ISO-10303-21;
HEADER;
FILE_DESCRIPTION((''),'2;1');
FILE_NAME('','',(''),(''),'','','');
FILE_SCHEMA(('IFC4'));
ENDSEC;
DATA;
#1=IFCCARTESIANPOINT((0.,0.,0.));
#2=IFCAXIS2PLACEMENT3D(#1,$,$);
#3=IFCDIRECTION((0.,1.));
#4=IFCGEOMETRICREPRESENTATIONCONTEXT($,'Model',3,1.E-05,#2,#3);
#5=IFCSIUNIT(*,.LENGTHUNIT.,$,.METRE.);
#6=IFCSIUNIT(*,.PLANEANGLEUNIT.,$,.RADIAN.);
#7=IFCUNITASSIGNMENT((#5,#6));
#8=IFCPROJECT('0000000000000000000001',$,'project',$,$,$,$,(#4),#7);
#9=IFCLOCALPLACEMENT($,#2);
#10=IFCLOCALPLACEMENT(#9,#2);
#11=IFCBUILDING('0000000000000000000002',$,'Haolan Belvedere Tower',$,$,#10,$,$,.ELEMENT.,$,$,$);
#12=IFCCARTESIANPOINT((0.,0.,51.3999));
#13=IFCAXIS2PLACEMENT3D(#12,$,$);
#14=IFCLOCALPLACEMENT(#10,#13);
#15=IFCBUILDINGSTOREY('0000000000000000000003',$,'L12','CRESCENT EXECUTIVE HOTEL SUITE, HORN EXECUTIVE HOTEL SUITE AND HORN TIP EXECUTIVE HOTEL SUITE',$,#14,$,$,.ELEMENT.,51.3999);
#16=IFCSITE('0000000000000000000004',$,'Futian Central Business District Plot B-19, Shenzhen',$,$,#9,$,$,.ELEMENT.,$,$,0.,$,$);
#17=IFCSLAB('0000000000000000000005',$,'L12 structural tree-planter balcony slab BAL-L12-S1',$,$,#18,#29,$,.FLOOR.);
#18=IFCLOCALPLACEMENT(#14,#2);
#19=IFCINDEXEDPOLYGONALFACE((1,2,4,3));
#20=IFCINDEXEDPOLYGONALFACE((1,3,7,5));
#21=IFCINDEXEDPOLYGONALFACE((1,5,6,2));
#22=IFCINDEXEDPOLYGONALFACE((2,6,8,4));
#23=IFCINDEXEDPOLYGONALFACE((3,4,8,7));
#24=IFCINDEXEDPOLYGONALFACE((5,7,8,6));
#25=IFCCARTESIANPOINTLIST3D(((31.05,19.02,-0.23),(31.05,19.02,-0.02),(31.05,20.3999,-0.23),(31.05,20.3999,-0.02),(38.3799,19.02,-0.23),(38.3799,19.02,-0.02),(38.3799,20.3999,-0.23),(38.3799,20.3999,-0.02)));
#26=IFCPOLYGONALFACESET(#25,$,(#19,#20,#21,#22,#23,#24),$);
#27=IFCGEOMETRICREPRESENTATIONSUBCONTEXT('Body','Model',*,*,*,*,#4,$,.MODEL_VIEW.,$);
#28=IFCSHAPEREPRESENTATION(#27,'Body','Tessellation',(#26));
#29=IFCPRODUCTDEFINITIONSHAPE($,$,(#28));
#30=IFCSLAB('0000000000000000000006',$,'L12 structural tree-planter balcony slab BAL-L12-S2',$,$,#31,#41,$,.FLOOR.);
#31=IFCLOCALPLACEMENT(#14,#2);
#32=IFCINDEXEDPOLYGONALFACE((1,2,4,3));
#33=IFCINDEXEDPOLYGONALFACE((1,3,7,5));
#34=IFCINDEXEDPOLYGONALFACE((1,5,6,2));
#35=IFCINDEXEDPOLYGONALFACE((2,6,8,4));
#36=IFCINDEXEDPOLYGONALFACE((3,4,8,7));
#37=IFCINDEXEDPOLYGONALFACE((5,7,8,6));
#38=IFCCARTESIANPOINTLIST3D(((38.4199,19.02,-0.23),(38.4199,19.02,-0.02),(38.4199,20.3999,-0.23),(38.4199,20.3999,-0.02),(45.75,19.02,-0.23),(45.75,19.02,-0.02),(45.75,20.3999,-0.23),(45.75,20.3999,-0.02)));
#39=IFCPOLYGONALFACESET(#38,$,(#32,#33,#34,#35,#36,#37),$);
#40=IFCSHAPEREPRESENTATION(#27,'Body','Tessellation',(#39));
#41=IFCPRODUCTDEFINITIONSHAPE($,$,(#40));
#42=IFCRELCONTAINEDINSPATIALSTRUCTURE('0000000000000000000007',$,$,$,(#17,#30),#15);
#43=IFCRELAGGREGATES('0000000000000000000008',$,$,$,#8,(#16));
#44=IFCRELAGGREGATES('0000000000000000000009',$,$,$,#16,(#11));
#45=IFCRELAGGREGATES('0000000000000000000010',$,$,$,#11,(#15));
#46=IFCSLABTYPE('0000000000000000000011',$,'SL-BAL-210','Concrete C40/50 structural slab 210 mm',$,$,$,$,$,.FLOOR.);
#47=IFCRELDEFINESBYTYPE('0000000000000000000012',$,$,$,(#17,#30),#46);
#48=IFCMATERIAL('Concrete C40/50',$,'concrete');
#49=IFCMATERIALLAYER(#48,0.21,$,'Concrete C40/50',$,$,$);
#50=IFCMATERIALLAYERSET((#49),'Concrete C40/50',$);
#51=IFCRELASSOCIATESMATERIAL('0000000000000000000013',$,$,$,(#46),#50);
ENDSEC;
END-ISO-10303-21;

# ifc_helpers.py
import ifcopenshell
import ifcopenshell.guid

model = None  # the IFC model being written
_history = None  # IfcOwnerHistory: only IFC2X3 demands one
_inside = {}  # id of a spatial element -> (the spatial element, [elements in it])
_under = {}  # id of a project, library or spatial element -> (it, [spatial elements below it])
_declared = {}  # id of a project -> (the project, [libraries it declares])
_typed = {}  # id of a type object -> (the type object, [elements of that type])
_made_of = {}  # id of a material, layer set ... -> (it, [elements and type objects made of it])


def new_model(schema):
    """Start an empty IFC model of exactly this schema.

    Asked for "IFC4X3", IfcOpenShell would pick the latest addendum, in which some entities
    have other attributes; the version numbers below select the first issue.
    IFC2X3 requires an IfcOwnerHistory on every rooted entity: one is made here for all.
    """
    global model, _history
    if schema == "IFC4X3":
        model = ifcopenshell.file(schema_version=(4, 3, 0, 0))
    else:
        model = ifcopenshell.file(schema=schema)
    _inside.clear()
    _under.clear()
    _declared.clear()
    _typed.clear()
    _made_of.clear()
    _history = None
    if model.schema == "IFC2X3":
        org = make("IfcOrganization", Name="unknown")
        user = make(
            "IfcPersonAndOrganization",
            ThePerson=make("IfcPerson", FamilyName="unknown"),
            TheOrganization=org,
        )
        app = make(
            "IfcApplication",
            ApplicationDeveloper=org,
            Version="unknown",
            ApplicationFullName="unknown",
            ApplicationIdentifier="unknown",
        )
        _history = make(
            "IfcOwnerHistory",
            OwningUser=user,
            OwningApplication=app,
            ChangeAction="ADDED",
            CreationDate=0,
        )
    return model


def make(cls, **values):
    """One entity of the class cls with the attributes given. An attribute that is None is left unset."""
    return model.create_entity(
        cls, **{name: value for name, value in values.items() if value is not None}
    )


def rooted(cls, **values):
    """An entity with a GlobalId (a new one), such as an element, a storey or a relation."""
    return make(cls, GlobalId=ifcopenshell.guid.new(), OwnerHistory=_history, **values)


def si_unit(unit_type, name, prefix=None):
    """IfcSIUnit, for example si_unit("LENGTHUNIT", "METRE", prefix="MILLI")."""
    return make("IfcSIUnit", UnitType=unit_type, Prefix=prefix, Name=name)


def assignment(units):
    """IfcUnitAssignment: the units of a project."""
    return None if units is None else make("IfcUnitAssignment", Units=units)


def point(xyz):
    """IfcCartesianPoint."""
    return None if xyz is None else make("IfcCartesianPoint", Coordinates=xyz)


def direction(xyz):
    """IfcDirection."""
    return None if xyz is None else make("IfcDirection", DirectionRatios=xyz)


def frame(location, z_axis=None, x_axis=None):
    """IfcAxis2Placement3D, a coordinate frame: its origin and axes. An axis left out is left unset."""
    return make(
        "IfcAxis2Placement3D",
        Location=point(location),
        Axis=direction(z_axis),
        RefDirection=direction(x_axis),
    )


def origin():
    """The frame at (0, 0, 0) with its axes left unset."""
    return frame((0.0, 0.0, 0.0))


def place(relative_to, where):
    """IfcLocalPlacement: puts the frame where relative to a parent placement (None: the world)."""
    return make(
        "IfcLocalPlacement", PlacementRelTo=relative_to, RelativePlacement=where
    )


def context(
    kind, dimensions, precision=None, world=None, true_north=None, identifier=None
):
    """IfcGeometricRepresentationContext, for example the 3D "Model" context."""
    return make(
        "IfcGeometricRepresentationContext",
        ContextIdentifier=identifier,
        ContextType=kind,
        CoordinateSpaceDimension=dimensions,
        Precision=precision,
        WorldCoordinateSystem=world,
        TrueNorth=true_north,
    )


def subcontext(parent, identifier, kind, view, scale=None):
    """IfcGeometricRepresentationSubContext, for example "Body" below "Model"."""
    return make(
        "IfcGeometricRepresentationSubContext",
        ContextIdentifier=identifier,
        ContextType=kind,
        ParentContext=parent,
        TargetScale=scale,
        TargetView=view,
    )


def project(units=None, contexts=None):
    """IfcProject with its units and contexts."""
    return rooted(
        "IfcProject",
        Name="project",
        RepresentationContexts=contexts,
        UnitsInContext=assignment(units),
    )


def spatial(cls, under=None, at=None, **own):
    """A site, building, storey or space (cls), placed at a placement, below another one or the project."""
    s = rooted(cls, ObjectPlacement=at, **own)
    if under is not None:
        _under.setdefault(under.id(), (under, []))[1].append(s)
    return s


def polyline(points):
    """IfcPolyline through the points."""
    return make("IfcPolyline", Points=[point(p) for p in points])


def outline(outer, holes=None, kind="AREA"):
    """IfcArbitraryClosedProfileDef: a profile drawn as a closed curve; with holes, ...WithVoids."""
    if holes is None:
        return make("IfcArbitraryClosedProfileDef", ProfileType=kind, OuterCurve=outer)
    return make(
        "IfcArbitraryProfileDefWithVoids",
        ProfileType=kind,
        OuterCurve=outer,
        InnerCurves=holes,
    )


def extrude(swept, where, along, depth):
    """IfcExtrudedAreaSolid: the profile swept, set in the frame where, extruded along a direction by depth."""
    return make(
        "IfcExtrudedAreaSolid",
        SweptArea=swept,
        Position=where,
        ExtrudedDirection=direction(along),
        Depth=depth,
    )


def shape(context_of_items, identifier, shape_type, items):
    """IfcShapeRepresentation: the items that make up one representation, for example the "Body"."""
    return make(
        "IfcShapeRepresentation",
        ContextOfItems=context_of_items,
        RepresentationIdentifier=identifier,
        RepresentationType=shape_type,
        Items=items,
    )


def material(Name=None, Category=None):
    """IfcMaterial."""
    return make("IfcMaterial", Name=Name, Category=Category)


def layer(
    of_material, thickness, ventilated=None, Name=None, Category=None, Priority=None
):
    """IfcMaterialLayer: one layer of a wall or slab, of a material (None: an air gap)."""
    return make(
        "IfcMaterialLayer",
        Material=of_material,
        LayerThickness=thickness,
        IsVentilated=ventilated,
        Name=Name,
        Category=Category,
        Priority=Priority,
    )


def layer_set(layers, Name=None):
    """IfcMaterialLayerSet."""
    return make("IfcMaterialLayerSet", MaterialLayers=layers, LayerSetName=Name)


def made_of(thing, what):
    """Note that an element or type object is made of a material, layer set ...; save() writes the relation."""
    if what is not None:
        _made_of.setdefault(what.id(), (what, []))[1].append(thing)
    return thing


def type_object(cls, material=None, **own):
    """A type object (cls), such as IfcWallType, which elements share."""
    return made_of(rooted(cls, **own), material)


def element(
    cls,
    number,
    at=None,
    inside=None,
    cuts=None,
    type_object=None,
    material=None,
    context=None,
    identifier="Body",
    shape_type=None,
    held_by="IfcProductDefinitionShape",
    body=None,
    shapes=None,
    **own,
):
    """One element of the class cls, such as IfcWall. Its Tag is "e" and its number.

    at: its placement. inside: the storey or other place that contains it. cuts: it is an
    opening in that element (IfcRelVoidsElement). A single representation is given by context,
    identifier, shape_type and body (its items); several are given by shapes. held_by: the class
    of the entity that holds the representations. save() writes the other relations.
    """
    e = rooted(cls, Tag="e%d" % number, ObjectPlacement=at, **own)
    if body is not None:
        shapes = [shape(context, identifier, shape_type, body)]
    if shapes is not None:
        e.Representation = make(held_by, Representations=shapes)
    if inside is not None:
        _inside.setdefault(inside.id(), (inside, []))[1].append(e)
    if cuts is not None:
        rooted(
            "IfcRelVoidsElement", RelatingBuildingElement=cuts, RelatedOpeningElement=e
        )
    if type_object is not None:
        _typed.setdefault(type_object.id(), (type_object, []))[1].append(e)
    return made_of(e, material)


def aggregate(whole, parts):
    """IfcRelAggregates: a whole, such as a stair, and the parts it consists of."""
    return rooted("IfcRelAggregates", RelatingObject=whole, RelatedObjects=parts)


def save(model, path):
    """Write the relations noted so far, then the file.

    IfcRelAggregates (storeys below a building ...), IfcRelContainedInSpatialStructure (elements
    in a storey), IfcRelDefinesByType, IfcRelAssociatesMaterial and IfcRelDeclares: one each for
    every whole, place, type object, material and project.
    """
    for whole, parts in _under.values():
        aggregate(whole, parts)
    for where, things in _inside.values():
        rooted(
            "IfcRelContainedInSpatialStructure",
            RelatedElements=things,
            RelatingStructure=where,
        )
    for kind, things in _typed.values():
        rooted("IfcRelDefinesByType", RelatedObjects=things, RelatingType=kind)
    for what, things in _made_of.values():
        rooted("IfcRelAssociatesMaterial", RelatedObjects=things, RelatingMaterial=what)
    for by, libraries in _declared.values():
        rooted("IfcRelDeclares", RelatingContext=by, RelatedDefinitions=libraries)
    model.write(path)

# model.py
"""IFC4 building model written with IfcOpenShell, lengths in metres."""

from ifc_helpers import new_model, si_unit, direction, frame, origin, place, context, subcontext, project, spatial, polyline, outline, extrude, material, layer, layer_set, type_object, element, save


model = new_model("IFC4")

# Units and contexts
model_context = context("Model", 3, precision=1e-05, world=origin(), true_north=direction((0.0, 1.0)))
body_context = subcontext(model_context, "Body", "Model", "MODEL_VIEW")
ifc_project = project(units=[si_unit("LENGTHUNIT", "METRE"), si_unit("PLANEANGLEUNIT", "RADIAN")], contexts=[model_context])

# Site, building, storey
site_placement = place(None, origin())
site = spatial("IfcSite", under=ifc_project, at=site_placement, Name="Futian Central Business District Plot B-19, Shenzhen", CompositionType="ELEMENT", RefElevation=0.0)
building_placement = place(site_placement, origin())
building = spatial("IfcBuilding", under=site, at=building_placement, Name="Haolan Belvedere Tower", CompositionType="ELEMENT")
storey_placement = place(building_placement, frame((0.0, 0.0, 51.3999)))
storey = spatial("IfcBuildingStorey", under=building, at=storey_placement, Name="L12", Description="CRESCENT EXECUTIVE HOTEL SUITE, HORN EXECUTIVE HOTEL SUITE AND HORN TIP EXECUTIVE HOTEL SUITE", CompositionType="ELEMENT", Elevation=51.3999)

# Slabs
ifc_material_1 = material(Name="Concrete C40/50", Category="concrete")
ifc_layer_1 = layer(ifc_material_1, 0.21, Name="Concrete C40/50")
ifc_layer_set_1 = layer_set([ifc_layer_1], Name="Concrete C40/50")
slab_type_1 = type_object("IfcSlabType", Name="SL-BAL-210", Description="Concrete C40/50 structural slab 210 mm", PredefinedType="FLOOR", material=ifc_layer_set_1)
slab_1_placement = place(storey_placement, frame((0.0, 0.0, -0.23)))
element("IfcSlab", 1, at=slab_1_placement, inside=storey, type_object=slab_type_1, Name="L12 structural tree-planter balcony slab BAL-L12-S1", PredefinedType="FLOOR", context=body_context, shape_type="SweptSolid", body=[
    extrude(outline(polyline([(31.05, 19.02), (38.3799, 19.02), (38.3799, 20.3999), (31.05, 20.3999), (31.05, 19.02)])), origin(), (0.0, 0.0, 1.0), 0.21),
])
slab_2_placement = place(storey_placement, frame((0.0, 0.0, -0.23)))
element("IfcSlab", 2, at=slab_2_placement, inside=storey, type_object=slab_type_1, Name="L12 structural tree-planter balcony slab BAL-L12-S2", PredefinedType="FLOOR", context=body_context, shape_type="SweptSolid", body=[
    extrude(outline(polyline([(38.4199, 19.02), (45.75, 19.02), (45.75, 20.3999), (38.4199, 20.3999), (38.4199, 19.02)])), origin(), (0.0, 0.0, 1.0), 0.21),
])

save(model, "model.ifc")
